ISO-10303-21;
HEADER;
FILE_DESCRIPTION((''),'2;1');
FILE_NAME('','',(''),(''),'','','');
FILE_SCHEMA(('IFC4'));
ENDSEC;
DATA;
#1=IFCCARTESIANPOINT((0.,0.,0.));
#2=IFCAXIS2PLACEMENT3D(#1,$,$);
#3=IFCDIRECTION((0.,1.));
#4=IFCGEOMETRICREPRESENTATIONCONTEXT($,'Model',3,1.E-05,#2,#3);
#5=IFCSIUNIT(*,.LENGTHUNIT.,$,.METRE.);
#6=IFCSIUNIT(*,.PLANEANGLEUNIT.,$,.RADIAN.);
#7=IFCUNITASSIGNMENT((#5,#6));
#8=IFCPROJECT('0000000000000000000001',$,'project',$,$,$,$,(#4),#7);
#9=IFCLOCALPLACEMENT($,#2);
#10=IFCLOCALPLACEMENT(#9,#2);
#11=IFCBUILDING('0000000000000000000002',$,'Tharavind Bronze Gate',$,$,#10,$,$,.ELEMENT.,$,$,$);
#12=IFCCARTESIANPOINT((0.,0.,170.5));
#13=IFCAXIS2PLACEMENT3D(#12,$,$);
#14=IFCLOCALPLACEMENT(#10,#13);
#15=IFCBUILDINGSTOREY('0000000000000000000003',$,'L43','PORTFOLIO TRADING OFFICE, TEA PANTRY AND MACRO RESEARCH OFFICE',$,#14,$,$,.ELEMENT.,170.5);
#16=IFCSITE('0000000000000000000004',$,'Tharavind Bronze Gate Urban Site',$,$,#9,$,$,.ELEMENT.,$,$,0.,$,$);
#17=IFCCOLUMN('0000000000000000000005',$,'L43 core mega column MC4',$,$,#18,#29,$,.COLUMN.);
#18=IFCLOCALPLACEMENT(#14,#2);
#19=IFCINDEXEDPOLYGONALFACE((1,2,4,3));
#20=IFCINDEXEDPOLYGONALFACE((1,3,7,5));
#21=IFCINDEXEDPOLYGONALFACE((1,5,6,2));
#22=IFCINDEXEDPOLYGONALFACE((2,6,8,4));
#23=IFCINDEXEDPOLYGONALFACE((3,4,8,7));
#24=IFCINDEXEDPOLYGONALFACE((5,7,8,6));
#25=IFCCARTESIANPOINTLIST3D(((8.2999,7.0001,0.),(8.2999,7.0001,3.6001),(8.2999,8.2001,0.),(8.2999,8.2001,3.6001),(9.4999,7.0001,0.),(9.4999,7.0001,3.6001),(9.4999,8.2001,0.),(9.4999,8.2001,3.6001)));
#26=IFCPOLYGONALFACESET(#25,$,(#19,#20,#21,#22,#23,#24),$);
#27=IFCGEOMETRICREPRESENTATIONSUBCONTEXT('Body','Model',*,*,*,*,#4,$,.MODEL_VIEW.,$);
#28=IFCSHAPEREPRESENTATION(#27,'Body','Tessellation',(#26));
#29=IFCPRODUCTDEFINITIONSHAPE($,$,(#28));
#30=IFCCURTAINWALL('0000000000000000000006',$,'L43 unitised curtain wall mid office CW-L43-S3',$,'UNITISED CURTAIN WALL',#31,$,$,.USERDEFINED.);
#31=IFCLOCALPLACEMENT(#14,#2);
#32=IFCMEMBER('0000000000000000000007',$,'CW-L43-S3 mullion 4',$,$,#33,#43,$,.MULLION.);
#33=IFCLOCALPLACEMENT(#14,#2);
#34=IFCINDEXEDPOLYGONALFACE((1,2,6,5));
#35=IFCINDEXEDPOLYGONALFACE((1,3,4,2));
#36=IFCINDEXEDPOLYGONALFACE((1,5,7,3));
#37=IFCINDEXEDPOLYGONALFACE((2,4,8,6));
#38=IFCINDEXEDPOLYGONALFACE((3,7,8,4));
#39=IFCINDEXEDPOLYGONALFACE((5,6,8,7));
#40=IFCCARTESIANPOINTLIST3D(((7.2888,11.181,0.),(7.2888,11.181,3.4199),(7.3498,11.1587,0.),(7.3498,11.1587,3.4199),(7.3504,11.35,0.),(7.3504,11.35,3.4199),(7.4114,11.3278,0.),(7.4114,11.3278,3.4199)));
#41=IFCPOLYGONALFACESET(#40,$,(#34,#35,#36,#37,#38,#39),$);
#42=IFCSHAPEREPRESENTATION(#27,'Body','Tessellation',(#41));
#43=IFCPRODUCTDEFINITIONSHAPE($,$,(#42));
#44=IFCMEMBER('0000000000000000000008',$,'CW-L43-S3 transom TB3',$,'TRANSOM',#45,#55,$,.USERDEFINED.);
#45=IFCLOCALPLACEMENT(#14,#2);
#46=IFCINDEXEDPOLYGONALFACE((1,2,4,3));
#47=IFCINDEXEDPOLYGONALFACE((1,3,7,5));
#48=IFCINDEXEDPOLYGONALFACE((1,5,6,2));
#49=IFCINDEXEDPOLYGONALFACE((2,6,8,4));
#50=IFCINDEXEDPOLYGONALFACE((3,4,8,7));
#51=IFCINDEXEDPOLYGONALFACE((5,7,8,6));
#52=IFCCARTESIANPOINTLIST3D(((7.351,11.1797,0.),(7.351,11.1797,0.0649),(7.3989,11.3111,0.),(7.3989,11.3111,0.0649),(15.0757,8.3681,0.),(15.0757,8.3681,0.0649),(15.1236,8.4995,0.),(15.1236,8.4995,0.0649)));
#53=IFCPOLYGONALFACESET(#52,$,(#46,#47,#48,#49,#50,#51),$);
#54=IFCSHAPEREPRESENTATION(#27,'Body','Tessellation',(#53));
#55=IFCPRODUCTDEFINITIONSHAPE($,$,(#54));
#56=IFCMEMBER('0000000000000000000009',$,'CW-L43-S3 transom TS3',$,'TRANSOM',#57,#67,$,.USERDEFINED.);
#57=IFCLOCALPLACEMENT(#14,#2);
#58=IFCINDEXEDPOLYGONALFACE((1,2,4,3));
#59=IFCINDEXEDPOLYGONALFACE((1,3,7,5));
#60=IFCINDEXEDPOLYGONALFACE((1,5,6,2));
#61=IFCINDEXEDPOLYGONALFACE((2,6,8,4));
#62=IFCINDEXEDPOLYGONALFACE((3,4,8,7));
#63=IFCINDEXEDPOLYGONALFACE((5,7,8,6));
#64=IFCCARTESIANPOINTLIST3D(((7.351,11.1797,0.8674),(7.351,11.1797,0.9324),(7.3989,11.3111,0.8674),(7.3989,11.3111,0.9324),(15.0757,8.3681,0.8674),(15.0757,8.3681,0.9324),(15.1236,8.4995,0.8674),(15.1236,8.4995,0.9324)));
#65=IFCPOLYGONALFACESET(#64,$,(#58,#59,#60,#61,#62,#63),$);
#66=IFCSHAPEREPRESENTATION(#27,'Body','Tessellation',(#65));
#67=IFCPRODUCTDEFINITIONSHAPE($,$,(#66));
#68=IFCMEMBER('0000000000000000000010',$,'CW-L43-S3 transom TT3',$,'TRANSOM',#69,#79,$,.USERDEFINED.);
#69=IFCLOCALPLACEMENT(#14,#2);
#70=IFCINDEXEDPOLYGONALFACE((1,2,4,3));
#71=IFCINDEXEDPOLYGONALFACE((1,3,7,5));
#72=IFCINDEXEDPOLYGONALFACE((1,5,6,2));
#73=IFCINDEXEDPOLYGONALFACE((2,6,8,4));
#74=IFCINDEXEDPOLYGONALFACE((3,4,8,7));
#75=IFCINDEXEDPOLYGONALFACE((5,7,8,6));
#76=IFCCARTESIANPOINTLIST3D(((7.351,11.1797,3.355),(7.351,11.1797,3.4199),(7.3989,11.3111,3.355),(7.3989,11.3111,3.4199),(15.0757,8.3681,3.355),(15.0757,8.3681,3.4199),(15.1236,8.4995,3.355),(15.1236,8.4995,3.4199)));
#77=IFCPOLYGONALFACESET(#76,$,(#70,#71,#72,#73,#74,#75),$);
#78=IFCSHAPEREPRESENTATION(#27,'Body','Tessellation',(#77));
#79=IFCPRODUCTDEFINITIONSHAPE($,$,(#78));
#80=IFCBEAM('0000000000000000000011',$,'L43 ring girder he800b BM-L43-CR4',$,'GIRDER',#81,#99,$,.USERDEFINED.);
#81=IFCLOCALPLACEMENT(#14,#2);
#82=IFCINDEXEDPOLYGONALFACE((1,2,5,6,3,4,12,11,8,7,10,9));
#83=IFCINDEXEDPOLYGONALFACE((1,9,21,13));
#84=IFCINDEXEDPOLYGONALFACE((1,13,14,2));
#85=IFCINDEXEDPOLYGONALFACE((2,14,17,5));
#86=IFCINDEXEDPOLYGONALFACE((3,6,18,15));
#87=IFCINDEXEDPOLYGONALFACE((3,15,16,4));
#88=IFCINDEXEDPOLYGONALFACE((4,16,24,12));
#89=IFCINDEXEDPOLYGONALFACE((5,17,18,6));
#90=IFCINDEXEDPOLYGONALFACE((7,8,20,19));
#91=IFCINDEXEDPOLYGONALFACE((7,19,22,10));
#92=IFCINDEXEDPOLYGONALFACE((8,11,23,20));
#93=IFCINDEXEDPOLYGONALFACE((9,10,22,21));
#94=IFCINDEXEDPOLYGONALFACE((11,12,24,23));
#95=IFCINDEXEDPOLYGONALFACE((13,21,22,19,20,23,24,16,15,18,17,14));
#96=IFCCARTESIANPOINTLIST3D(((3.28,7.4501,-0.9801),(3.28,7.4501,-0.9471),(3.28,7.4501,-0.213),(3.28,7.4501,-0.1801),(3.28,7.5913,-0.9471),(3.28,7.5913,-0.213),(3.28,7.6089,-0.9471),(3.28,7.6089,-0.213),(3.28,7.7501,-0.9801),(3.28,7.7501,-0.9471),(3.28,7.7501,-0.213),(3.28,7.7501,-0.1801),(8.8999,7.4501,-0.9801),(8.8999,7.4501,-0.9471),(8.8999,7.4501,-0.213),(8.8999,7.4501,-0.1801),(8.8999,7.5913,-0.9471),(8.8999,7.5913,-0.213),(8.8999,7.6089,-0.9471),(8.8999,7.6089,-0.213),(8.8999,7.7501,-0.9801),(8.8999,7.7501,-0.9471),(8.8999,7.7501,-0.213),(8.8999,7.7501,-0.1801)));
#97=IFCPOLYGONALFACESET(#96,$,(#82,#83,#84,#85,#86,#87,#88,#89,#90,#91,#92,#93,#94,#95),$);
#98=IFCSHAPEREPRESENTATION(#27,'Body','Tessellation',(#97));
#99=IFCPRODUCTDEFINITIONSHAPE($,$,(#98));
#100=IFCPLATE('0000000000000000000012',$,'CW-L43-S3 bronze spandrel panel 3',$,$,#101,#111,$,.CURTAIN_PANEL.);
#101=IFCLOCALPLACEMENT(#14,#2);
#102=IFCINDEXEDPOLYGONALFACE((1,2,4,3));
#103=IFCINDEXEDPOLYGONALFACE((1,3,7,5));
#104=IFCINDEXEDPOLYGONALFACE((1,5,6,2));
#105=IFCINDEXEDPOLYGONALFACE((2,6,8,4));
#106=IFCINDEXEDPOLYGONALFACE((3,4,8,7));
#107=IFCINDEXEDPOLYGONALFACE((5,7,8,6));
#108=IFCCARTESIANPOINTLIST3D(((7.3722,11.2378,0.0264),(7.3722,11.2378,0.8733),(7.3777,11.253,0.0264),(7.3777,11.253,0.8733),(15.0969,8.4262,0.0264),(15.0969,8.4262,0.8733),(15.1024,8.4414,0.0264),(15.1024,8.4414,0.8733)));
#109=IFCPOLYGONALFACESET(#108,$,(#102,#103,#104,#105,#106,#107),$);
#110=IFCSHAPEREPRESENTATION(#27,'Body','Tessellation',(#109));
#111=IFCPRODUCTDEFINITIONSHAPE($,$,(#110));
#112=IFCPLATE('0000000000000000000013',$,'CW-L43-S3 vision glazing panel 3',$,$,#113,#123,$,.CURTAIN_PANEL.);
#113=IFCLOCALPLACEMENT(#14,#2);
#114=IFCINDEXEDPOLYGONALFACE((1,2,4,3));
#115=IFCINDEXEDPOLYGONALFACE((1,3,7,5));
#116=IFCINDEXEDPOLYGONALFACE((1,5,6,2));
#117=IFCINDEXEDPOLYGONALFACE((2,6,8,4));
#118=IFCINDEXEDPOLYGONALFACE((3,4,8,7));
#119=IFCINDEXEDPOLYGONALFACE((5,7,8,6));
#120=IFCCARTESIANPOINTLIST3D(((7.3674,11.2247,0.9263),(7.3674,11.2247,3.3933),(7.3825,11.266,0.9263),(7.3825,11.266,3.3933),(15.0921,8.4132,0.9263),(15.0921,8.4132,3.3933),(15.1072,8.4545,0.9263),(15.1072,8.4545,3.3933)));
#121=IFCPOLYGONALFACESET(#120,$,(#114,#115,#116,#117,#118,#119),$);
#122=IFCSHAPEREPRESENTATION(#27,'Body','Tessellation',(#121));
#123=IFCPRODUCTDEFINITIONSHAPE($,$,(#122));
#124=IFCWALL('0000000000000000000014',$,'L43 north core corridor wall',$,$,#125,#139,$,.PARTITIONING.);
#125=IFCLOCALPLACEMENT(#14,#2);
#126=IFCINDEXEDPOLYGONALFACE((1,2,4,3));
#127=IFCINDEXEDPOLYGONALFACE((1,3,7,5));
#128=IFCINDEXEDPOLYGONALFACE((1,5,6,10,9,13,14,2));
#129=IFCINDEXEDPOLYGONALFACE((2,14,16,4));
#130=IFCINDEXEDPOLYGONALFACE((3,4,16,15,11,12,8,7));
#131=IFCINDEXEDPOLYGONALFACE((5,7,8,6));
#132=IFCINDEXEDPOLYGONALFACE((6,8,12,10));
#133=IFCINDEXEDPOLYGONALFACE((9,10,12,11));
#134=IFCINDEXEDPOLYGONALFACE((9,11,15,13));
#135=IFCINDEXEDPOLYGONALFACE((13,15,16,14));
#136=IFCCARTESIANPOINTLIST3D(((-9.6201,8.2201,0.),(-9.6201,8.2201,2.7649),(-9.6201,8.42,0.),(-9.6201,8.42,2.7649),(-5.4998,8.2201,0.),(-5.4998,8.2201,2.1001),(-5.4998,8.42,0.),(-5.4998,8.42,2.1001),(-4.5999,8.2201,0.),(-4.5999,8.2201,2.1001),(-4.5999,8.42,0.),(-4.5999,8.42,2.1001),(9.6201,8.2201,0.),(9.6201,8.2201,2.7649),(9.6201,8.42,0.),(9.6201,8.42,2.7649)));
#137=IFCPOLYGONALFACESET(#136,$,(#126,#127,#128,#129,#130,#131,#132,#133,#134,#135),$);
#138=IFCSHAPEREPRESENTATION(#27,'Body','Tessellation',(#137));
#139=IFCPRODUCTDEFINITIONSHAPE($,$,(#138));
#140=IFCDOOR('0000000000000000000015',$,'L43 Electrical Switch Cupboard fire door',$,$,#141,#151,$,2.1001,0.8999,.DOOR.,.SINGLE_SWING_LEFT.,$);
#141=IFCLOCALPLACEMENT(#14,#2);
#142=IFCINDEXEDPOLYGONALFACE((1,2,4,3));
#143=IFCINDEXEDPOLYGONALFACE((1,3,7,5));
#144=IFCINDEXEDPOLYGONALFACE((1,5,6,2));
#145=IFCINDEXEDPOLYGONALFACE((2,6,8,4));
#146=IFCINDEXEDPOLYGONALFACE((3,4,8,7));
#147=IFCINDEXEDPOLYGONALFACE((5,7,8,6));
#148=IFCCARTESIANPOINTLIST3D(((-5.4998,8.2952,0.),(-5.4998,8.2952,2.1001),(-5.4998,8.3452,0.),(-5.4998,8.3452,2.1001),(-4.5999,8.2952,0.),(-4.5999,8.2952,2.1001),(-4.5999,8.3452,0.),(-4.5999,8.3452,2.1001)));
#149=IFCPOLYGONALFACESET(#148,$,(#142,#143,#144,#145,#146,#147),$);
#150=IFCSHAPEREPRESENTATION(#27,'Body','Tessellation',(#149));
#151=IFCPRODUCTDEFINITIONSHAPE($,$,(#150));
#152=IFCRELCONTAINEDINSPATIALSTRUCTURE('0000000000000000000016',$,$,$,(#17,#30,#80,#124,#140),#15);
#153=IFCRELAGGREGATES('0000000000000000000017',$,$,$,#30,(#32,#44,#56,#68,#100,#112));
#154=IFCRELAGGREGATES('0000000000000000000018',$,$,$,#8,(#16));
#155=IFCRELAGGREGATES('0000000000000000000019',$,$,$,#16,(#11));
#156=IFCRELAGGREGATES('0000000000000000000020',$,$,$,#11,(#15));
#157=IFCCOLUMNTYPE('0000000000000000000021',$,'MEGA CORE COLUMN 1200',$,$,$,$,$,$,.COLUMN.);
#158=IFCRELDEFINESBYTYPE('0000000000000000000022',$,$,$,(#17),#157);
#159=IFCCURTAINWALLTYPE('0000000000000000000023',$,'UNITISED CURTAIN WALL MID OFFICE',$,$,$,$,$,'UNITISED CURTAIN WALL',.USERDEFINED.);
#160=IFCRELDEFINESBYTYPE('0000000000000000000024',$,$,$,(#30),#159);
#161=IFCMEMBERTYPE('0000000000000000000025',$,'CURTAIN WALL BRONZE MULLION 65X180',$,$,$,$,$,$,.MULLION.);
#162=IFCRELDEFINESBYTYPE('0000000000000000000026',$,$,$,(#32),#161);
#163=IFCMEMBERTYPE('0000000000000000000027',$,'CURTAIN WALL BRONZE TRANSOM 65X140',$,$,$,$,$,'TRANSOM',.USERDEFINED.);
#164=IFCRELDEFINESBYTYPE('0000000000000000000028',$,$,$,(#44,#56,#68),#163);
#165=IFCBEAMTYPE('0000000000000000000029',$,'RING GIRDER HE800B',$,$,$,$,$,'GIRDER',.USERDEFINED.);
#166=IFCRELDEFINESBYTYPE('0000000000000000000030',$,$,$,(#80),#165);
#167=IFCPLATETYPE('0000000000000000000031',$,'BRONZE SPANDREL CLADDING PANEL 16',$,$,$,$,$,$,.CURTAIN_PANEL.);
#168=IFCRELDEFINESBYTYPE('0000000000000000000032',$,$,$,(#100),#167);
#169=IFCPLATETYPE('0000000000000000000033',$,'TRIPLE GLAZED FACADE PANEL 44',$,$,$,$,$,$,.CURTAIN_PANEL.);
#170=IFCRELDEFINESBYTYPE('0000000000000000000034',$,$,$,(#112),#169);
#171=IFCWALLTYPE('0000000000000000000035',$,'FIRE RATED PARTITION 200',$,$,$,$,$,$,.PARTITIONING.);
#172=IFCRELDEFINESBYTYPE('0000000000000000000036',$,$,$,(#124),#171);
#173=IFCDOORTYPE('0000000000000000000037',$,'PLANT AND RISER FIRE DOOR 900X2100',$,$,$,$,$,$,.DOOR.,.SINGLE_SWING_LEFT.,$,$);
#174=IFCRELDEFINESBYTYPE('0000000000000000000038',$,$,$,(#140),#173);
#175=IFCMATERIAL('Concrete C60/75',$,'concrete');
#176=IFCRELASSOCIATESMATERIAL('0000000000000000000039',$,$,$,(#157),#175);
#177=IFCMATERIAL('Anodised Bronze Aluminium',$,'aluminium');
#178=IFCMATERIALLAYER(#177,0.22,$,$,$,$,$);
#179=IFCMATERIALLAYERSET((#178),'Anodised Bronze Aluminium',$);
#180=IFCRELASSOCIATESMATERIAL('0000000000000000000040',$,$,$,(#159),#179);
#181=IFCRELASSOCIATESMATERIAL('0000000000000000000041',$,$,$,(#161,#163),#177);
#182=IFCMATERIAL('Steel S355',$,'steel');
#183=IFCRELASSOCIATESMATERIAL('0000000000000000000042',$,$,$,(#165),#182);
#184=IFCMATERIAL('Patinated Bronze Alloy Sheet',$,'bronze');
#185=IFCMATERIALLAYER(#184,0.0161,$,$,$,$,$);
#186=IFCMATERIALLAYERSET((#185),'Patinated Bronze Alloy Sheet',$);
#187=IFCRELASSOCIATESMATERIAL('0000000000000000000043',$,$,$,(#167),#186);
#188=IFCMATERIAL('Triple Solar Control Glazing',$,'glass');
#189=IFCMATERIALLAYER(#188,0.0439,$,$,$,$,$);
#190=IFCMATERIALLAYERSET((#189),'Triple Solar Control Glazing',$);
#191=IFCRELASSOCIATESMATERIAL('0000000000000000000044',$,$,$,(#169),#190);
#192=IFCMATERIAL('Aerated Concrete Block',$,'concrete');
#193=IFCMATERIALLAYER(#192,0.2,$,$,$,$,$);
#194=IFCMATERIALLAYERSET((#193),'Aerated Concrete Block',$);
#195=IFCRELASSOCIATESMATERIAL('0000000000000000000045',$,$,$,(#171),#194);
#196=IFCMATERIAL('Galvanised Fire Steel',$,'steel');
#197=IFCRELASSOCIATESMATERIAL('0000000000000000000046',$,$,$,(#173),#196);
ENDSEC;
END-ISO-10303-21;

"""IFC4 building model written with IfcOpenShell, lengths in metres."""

from ifc_helpers import new_model, si_unit, direction, frame, frame_2d, origin, origin_2d, place, context, subcontext, project, spatial, rectangle, i_section, extrude, material, layer, layer_set, material_profile, profile_set, type_object, element, fill, aggregate, save


model = new_model("IFC4")

# Units and contexts
model_context = context("Model", 3, precision=1e-05, world=origin(), true_north=direction((0.0, 1.0)))
body_context = subcontext(model_context, "Body", "Model", "MODEL_VIEW")
ifc_project = project(units=[si_unit("LENGTHUNIT", "METRE"), si_unit("PLANEANGLEUNIT", "RADIAN")], contexts=[model_context])

# Site, building, storey
site_placement = place(None, origin())
site = spatial("IfcSite", under=ifc_project, at=site_placement, Name="Tharavind Bronze Gate Urban Site", CompositionType="ELEMENT", RefElevation=0.0)
building_placement = place(site_placement, origin())
building = spatial("IfcBuilding", under=site, at=building_placement, Name="Tharavind Bronze Gate", CompositionType="ELEMENT")
storey_placement = place(building_placement, frame((0.0, 0.0, 170.5)))
storey = spatial("IfcBuildingStorey", under=building, at=storey_placement, Name="L43", Description="PORTFOLIO TRADING OFFICE, TEA PANTRY AND MACRO RESEARCH OFFICE", CompositionType="ELEMENT", Elevation=170.5)

# Column
ifc_material_1 = material(Name="Concrete C60/75", Category="concrete")
ifc_material_profile_1 = material_profile(ifc_material_1, rectangle(XDim=1.2, YDim=1.2, at=origin_2d()), Name="RCCOL1200")
ifc_profile_set_1 = profile_set([ifc_material_profile_1], Name="Concrete C60/75")
column_type = type_object("IfcColumnType", Name="MEGA CORE COLUMN 1200", PredefinedType="COLUMN", material=ifc_profile_set_1)
column_placement = place(storey_placement, frame((8.8999, 7.6001, 0.0), z_axis=(0.0, 0.0, 1.0), x_axis=(1.0, 0.0, 0.0)))
element("IfcColumn", 1, at=column_placement, inside=storey, type_object=column_type, Name="L43 core mega column MC4", PredefinedType="COLUMN", context=body_context, shape_type="SweptSolid", body=[
    extrude(rectangle(XDim=1.2, YDim=1.2, at=origin_2d()), origin(), (0.0, 0.0, 1.0), 3.6001),
])

# Curtain wall, members
ifc_material_2 = material(Name="Anodised Bronze Aluminium", Category="aluminium")
ifc_layer_1 = layer(ifc_material_2, 0.22)
ifc_layer_set_1 = layer_set([ifc_layer_1], Name="Anodised Bronze Aluminium")
curtain_wall_type = type_object("IfcCurtainWallType", Name="UNITISED CURTAIN WALL MID OFFICE", ElementType="UNITISED CURTAIN WALL", PredefinedType="USERDEFINED", material=ifc_layer_set_1)
curtain_wall_placement = place(storey_placement, origin())
curtain_wall = element("IfcCurtainWall", 2, at=curtain_wall_placement, inside=storey, type_object=curtain_wall_type, Name="L43 unitised curtain wall mid office CW-L43-S3", ObjectType="UNITISED CURTAIN WALL", PredefinedType="USERDEFINED")
member_type_1 = type_object("IfcMemberType", Name="CURTAIN WALL BRONZE MULLION 65X180", PredefinedType="MULLION", material=ifc_material_2)
member_1_placement = place(storey_placement, frame((7.3501, 11.2544, 0.0), z_axis=(0.0, 0.0, 1.0), x_axis=(-0.939692, 0.342022, 0.0)))
member_1 = element("IfcMember", 3, at=member_1_placement, type_object=member_type_1, Name="CW-L43-S3 mullion 4", PredefinedType="MULLION", context=body_context, shape_type="SweptSolid", body=[
    extrude(rectangle(XDim=0.0649, YDim=0.1799, at=origin_2d()), origin(), (0.0, 0.0, 1.0), 3.4199),
])
member_type_2 = type_object("IfcMemberType", Name="CURTAIN WALL BRONZE TRANSOM 65X140", ElementType="TRANSOM", PredefinedType="USERDEFINED", material=ifc_material_2)
member_2_placement = place(storey_placement, frame((11.2373, 9.8396, 0.0), z_axis=(0.0, 0.0, 1.0), x_axis=(-0.939692, 0.342022, 0.0)))
member_2 = element("IfcMember", 4, at=member_2_placement, type_object=member_type_2, Name="CW-L43-S3 transom TB3", ObjectType="TRANSOM", PredefinedType="USERDEFINED", context=body_context, shape_type="SweptSolid", body=[
    extrude(rectangle(XDim=8.2205, YDim=0.1399, at=origin_2d()), origin(), (0.0, 0.0, 1.0), 0.0649),
])
member_3_placement = place(storey_placement, frame((11.2373, 9.8396, 0.8674), z_axis=(0.0, 0.0, 1.0), x_axis=(-0.939692, 0.342022, 0.0)))
member_3 = element("IfcMember", 5, at=member_3_placement, type_object=member_type_2, Name="CW-L43-S3 transom TS3", ObjectType="TRANSOM", PredefinedType="USERDEFINED", context=body_context, shape_type="SweptSolid", body=[
    extrude(rectangle(XDim=8.2205, YDim=0.1399, at=origin_2d()), origin(), (0.0, 0.0, 1.0), 0.0649),
])
member_4_placement = place(storey_placement, frame((11.2373, 9.8396, 3.355), z_axis=(0.0, 0.0, 1.0), x_axis=(-0.939692, 0.342022, 0.0)))
member_4 = element("IfcMember", 6, at=member_4_placement, type_object=member_type_2, Name="CW-L43-S3 transom TT3", ObjectType="TRANSOM", PredefinedType="USERDEFINED", context=body_context, shape_type="SweptSolid", body=[
    extrude(rectangle(XDim=8.2205, YDim=0.1399, at=origin_2d()), origin(), (0.0, 0.0, 1.0), 0.0649),
])

# Beam
ifc_material_3 = material(Name="Steel S355", Category="steel")
ifc_material_profile_2 = material_profile(ifc_material_3, i_section(OverallWidth=0.3, OverallDepth=0.8, WebThickness=0.0176, FlangeThickness=0.033, at=origin_2d()), Name="HE800B")
ifc_profile_set_2 = profile_set([ifc_material_profile_2], Name="Steel S355")
beam_type = type_object("IfcBeamType", Name="RING GIRDER HE800B", ElementType="GIRDER", PredefinedType="USERDEFINED", material=ifc_profile_set_2)
beam_placement = place(storey_placement, frame((8.8999, 7.6001, -0.5801), z_axis=(-1.0, 0.0, 0.0), x_axis=(0.0, -1.0, 0.0)))
element("IfcBeam", 7, at=beam_placement, inside=storey, type_object=beam_type, Name="L43 ring girder he800b BM-L43-CR4", ObjectType="GIRDER", PredefinedType="USERDEFINED", context=body_context, shape_type="SweptSolid", body=[
    extrude(i_section(OverallWidth=0.3, OverallDepth=0.8, WebThickness=0.0176, FlangeThickness=0.033, at=origin_2d()), origin(), (0.0, 0.0, 1.0), 5.6199),
])

# Plates
ifc_material_4 = material(Name="Patinated Bronze Alloy Sheet", Category="bronze")
ifc_layer_2 = layer(ifc_material_4, 0.0161)
ifc_layer_set_2 = layer_set([ifc_layer_2], Name="Patinated Bronze Alloy Sheet")
plate_type_1 = type_object("IfcPlateType", Name="BRONZE SPANDREL CLADDING PANEL 16", PredefinedType="CURTAIN_PANEL", material=ifc_layer_set_2)
plate_1_placement = place(storey_placement, frame((11.2373, 9.8396, 0.0264), z_axis=(0.0, 0.0, 1.0), x_axis=(-0.939692, 0.342022, 0.0)))
plate_1 = element("IfcPlate", 8, at=plate_1_placement, type_object=plate_type_1, Name="CW-L43-S3 bronze spandrel panel 3", PredefinedType="CURTAIN_PANEL", context=body_context, shape_type="SweptSolid", body=[
    extrude(rectangle(XDim=8.2205, YDim=0.0161, at=origin_2d()), origin(), (0.0, 0.0, 1.0), 0.8469),
])
ifc_material_5 = material(Name="Triple Solar Control Glazing", Category="glass")
ifc_layer_3 = layer(ifc_material_5, 0.0439)
ifc_layer_set_3 = layer_set([ifc_layer_3], Name="Triple Solar Control Glazing")
plate_type_2 = type_object("IfcPlateType", Name="TRIPLE GLAZED FACADE PANEL 44", PredefinedType="CURTAIN_PANEL", material=ifc_layer_set_3)
plate_2_placement = place(storey_placement, frame((11.2373, 9.8396, 0.9263), z_axis=(0.0, 0.0, 1.0), x_axis=(-0.939692, 0.342022, 0.0)))
plate_2 = element("IfcPlate", 9, at=plate_2_placement, type_object=plate_type_2, Name="CW-L43-S3 vision glazing panel 3", PredefinedType="CURTAIN_PANEL", context=body_context, shape_type="SweptSolid", body=[
    extrude(rectangle(XDim=8.2205, YDim=0.0439, at=origin_2d()), origin(), (0.0, 0.0, 1.0), 2.467),
])
aggregate(curtain_wall, [member_1, member_2, member_3, member_4, plate_1, plate_2])

# Wall, opening, door
ifc_material_6 = material(Name="Aerated Concrete Block", Category="concrete")
ifc_layer_4 = layer(ifc_material_6, 0.2)
ifc_layer_set_4 = layer_set([ifc_layer_4], Name="Aerated Concrete Block")
wall_type_1 = type_object("IfcWallType", Name="FIRE RATED PARTITION 200", PredefinedType="PARTITIONING", material=ifc_layer_set_4)
wall_1_placement = place(storey_placement, frame((9.6201, 8.3201, 0.0), z_axis=(0.0, 0.0, 1.0), x_axis=(-1.0, 0.0, 0.0)))
wall_1 = element("IfcWall", 10, at=wall_1_placement, inside=storey, type_object=wall_type_1, Name="L43 north core corridor wall", PredefinedType="PARTITIONING", context=body_context, shape_type="SweptSolid", body=[
    extrude(rectangle(XDim=19.2402, YDim=0.2, at=frame_2d((9.6201, 0.0))), origin(), (0.0, 0.0, 1.0), 2.7649),
])
opening_1_placement = place(wall_1_placement, frame((14.22, 0.0, 0.0)))
opening_1 = element("IfcOpeningElement", 11, at=opening_1_placement, cuts=wall_1, PredefinedType="OPENING", context=body_context, shape_type="SweptSolid", body=[
    extrude(rectangle(XDim=0.8999, YDim=2.1001, at=frame_2d((0.45, 1.05))), frame((0.0, 0.1101, 0.0), z_axis=(0.0, -1.0, 0.0), x_axis=(1.0, 0.0, 0.0)), (0.0, 0.0, 1.0), 0.22),
])
ifc_material_7 = material(Name="Galvanised Fire Steel", Category="steel")
door_type_1 = type_object("IfcDoorType", Name="PLANT AND RISER FIRE DOOR 900X2100", OperationType="SINGLE_SWING_LEFT", PredefinedType="DOOR", material=ifc_material_7)
door_1_placement = place(opening_1_placement, origin())
door_1 = element("IfcDoor", 12, at=door_1_placement, inside=storey, type_object=door_type_1, Name="L43 Electrical Switch Cupboard fire door", OperationType="SINGLE_SWING_LEFT", OverallHeight=2.1001, OverallWidth=0.8999, PredefinedType="DOOR", context=body_context, shape_type="SweptSolid", body=[
    extrude(rectangle(XDim=0.8999, YDim=2.1001, at=frame_2d((0.45, 1.05))), frame((0.0, 0.0249, 0.0), z_axis=(0.0, -1.0, 0.0), x_axis=(1.0, 0.0, 0.0)), (0.0, 0.0, 1.0), 0.05),
])
fill(opening_1, door_1)

save(model, "model.ifc")
